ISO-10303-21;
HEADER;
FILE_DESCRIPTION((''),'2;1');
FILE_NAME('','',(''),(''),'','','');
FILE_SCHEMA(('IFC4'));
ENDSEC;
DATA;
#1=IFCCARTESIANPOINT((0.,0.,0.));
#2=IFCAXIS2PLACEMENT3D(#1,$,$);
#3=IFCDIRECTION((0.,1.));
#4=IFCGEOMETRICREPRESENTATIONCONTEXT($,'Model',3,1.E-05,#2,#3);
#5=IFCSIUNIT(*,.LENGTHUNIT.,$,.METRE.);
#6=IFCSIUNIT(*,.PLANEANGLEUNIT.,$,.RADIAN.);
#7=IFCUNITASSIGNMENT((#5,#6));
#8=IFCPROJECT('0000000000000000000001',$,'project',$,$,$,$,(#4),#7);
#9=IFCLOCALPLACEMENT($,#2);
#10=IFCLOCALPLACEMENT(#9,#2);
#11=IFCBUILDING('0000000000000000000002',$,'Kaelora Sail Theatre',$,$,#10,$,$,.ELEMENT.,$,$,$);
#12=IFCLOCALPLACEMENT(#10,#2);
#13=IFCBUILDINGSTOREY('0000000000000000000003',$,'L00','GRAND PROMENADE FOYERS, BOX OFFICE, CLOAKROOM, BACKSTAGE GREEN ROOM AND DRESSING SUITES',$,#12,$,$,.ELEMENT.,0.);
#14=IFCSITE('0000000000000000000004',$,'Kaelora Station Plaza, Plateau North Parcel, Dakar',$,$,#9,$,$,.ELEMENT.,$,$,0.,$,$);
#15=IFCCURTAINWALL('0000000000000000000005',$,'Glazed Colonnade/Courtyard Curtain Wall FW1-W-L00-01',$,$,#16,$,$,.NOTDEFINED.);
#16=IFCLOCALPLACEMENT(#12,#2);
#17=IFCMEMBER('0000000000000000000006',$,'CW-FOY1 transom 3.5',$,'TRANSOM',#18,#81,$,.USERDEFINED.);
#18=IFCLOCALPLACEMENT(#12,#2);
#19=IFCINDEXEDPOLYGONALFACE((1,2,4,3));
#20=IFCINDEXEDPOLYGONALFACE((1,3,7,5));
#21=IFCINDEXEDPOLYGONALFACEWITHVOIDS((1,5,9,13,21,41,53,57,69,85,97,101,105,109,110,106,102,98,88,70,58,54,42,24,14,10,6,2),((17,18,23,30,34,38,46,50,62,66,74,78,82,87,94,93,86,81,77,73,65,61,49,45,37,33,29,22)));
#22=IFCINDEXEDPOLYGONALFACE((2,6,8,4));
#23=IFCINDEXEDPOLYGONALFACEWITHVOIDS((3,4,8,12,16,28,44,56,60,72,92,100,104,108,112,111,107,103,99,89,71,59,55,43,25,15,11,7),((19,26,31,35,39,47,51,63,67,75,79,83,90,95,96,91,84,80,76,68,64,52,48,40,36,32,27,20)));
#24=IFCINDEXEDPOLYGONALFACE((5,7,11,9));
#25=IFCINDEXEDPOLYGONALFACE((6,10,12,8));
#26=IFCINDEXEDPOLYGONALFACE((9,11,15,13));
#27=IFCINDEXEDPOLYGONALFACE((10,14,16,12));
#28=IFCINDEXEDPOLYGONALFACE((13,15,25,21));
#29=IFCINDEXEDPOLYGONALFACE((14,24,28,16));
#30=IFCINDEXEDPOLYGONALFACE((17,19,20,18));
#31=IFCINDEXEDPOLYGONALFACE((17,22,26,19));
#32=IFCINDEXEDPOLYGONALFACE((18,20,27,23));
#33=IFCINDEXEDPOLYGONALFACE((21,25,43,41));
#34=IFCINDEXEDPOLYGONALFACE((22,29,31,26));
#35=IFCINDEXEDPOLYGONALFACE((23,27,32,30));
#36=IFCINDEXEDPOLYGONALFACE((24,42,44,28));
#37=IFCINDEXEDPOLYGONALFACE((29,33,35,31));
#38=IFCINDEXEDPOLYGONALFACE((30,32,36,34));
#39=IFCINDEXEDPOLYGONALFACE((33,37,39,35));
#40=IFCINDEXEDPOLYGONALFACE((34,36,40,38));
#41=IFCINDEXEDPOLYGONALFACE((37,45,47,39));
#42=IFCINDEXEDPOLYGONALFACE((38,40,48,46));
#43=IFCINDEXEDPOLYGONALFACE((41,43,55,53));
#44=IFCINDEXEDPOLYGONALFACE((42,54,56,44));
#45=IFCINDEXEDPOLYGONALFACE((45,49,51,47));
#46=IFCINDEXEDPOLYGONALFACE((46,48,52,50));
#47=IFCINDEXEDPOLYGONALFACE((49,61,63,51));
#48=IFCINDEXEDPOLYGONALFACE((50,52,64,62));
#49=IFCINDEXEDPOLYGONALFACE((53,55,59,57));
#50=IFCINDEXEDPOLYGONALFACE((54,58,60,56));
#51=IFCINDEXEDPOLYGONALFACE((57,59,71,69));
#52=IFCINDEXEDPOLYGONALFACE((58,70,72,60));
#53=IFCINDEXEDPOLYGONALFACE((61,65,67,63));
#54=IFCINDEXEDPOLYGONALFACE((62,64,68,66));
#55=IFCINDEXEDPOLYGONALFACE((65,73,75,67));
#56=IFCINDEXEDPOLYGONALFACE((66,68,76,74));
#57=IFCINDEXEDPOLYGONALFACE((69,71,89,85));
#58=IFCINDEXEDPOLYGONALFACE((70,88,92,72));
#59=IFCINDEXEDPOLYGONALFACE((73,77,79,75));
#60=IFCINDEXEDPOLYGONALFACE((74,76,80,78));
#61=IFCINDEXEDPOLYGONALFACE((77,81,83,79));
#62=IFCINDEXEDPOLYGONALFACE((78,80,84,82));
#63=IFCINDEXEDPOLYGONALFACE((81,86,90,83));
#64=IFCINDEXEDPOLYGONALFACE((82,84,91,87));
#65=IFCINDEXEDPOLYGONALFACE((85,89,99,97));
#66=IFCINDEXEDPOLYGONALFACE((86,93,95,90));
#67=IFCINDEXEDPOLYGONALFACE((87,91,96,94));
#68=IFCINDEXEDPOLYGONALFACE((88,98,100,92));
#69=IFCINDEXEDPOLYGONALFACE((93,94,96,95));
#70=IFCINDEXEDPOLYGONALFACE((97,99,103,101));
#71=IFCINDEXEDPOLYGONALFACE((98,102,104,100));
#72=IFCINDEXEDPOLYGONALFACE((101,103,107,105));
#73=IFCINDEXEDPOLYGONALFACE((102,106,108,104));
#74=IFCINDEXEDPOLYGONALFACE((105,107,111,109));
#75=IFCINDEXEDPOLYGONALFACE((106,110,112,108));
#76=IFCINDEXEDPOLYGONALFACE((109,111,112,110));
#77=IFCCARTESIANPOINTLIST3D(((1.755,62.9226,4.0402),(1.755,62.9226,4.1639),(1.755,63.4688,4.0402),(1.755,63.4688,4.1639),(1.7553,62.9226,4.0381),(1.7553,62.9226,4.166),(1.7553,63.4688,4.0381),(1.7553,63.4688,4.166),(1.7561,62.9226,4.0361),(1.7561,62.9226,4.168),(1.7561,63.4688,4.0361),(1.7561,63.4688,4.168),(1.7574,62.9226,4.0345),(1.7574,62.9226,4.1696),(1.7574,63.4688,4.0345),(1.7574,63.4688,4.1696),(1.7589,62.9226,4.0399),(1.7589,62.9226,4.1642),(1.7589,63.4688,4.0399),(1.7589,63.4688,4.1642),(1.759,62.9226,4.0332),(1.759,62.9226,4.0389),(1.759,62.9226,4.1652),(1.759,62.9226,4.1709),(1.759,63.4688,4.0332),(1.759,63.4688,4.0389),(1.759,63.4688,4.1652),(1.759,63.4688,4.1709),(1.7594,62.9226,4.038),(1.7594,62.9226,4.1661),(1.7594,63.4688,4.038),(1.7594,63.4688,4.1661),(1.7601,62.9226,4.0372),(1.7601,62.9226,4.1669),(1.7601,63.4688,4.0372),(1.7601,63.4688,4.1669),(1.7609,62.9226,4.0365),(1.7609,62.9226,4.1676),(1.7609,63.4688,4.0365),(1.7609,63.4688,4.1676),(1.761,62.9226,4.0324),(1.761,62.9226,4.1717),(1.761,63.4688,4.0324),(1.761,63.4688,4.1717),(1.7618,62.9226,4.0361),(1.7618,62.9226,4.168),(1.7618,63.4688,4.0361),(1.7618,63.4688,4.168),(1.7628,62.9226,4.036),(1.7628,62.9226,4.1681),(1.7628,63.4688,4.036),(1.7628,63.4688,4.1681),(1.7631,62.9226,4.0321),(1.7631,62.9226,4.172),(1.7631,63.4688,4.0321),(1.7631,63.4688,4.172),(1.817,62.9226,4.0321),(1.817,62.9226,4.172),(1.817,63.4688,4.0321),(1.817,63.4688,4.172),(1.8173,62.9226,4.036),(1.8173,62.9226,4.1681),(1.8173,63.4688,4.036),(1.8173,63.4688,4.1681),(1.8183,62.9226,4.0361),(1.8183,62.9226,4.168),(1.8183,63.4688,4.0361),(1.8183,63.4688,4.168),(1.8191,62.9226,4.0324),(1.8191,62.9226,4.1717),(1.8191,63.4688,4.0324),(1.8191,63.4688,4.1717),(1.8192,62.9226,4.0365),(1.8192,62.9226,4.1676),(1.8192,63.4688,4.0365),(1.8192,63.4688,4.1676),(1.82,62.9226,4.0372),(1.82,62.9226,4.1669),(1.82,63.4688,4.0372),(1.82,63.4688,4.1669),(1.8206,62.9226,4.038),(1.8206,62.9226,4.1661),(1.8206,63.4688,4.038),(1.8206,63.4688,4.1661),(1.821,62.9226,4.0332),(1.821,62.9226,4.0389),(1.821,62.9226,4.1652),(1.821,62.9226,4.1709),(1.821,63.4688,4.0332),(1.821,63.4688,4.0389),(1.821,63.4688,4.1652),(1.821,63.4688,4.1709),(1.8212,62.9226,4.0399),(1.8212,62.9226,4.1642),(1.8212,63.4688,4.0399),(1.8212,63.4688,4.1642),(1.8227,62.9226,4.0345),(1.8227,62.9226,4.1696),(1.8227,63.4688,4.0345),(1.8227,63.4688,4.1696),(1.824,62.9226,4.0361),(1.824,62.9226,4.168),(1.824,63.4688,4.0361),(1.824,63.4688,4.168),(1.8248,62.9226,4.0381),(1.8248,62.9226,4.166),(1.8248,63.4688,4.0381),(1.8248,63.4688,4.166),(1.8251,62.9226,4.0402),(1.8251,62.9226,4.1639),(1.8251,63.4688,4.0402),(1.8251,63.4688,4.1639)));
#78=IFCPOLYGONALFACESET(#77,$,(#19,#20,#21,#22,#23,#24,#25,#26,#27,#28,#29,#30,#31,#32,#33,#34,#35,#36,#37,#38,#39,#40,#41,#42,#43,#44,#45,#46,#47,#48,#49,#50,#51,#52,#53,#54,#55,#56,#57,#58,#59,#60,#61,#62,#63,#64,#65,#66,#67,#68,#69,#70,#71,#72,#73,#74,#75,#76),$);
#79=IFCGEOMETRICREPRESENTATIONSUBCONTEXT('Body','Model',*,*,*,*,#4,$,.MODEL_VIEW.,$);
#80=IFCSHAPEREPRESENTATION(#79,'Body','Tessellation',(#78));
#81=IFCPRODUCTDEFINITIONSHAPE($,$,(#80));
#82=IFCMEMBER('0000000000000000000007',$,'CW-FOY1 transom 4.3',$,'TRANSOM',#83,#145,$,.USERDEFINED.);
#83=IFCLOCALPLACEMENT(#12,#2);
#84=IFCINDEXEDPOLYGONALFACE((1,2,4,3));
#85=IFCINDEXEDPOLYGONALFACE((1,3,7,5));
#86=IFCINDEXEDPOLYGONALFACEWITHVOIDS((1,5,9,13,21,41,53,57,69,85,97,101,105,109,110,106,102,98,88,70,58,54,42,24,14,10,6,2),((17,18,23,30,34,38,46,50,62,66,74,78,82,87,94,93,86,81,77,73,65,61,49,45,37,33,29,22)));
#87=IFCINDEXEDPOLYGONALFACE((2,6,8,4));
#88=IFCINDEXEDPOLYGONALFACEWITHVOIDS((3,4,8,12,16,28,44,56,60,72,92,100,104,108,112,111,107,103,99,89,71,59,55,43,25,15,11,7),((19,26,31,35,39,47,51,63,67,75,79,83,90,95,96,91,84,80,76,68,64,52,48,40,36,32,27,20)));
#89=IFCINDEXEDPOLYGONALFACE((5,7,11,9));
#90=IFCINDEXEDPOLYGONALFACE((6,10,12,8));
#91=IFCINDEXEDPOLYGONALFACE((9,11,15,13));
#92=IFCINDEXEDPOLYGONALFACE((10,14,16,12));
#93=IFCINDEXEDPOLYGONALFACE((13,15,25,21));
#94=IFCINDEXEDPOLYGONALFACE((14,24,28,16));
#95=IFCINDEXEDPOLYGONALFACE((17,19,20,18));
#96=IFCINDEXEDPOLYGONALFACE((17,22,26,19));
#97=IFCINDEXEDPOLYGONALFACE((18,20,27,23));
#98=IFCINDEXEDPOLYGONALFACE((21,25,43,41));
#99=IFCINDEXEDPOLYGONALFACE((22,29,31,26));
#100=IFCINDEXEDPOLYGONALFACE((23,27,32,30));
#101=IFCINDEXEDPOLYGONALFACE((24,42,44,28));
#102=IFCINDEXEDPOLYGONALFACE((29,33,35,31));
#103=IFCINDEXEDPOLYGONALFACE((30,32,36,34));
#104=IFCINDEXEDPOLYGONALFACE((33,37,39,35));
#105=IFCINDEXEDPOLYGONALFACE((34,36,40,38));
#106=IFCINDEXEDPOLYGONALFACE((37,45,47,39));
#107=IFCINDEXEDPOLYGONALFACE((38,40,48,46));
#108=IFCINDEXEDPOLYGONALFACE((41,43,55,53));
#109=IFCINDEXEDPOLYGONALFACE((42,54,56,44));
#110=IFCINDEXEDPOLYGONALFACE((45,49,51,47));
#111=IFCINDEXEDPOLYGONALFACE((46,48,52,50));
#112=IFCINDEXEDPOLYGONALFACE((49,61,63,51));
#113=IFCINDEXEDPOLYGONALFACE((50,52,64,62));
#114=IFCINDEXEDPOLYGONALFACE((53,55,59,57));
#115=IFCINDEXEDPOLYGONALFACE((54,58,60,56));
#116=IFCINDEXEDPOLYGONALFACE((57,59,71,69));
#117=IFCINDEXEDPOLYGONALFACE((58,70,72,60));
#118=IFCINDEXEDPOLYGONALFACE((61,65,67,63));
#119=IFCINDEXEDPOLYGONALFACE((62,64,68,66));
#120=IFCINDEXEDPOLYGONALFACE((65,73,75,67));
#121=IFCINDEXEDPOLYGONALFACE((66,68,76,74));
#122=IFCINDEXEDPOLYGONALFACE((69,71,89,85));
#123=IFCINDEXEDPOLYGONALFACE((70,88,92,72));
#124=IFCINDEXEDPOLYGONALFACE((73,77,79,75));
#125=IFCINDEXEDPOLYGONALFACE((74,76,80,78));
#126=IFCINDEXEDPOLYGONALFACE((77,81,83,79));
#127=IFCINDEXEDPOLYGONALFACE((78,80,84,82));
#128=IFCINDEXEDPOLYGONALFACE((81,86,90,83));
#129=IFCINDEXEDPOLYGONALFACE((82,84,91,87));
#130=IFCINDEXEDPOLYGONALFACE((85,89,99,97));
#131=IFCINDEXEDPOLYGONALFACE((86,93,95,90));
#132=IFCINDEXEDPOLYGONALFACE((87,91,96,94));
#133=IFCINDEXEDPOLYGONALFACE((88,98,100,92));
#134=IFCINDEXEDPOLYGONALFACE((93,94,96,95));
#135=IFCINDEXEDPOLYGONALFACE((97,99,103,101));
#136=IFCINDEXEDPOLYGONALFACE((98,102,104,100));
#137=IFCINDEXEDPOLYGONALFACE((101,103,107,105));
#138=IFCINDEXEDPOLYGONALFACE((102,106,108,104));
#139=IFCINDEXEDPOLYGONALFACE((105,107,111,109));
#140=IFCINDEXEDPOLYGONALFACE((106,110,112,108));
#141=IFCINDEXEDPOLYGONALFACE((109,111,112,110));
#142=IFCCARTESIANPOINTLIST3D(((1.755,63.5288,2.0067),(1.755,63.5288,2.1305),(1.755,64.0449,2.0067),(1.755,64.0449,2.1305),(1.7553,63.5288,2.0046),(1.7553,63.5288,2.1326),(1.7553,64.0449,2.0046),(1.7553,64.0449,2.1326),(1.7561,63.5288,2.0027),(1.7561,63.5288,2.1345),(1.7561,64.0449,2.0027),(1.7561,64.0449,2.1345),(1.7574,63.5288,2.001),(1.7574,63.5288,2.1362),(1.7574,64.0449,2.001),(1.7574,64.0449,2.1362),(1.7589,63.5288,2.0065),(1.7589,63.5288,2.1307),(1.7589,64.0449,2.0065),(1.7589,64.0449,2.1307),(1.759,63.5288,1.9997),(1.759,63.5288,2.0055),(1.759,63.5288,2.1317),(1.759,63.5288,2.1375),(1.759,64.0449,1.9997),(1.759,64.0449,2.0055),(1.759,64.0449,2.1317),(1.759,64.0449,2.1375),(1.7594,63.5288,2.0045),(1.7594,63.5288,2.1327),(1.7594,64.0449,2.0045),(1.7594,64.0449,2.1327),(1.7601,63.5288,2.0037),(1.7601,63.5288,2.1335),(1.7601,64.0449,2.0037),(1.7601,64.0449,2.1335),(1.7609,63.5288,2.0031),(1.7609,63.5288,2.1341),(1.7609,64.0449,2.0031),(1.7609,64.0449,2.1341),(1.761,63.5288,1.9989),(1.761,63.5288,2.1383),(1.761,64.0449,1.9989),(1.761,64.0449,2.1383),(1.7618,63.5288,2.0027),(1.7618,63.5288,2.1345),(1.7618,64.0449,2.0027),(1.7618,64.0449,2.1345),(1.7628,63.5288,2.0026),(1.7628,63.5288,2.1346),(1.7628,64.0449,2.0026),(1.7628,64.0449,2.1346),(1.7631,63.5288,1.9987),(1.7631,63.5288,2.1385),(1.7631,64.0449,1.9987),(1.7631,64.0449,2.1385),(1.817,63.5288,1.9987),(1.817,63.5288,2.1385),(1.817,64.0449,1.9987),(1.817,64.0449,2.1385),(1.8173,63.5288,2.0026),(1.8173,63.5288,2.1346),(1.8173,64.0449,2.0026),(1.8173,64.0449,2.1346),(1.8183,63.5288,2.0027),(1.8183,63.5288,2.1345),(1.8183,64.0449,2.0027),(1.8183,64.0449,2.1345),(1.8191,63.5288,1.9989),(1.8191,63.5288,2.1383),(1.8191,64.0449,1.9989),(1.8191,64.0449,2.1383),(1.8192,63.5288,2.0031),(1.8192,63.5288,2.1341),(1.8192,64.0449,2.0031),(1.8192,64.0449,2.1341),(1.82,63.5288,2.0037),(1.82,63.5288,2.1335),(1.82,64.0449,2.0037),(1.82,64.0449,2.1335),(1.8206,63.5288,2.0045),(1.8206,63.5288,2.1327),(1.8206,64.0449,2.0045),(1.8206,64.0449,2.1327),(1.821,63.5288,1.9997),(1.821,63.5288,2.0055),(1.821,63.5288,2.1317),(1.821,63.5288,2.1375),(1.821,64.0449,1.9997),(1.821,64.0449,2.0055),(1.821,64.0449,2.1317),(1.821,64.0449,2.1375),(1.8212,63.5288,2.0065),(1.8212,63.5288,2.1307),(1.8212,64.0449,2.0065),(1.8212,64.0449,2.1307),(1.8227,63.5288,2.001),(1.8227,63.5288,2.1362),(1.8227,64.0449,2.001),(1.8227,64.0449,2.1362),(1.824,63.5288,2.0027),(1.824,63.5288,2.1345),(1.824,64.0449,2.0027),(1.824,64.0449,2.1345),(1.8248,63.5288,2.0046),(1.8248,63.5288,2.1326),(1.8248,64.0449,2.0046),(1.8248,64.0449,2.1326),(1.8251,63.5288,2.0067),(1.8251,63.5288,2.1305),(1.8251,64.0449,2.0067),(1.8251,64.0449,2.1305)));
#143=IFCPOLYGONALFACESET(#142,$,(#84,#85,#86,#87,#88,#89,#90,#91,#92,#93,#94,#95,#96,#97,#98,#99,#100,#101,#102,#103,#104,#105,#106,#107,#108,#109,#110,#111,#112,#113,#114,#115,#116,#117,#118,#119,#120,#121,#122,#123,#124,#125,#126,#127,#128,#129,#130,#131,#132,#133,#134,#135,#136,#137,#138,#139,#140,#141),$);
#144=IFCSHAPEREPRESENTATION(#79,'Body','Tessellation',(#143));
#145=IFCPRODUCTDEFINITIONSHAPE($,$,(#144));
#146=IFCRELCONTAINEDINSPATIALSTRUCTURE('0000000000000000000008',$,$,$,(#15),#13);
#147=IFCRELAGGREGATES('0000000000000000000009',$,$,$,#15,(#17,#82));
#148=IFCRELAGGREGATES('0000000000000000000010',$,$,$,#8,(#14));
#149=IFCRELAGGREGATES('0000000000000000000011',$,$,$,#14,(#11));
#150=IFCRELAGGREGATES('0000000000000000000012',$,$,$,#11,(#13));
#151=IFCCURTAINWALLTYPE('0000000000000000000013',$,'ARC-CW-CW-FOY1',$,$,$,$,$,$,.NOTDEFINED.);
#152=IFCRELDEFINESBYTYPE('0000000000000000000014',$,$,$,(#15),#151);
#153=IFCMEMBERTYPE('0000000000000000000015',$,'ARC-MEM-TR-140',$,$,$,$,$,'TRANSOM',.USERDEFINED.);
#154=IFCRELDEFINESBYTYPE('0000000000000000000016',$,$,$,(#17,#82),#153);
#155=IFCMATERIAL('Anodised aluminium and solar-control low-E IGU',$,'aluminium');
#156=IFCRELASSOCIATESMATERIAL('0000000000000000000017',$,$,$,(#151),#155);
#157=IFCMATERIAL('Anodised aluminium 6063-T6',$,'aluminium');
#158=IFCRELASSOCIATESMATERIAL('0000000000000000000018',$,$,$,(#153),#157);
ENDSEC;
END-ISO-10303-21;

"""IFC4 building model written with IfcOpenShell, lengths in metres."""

from ifc_helpers import new_model, si_unit, direction, frame, origin, origin_2d, place, context, subcontext, project, spatial, hollow_rectangle, extrude, material, material_profile, profile_set, type_object, element, aggregate, save


model = new_model("IFC4")

# Units and contexts
model_context = context("Model", 3, precision=1e-05, world=origin(), true_north=direction((0.0, 1.0)))
body_context = subcontext(model_context, "Body", "Model", "MODEL_VIEW")
ifc_project = project(units=[si_unit("LENGTHUNIT", "METRE"), si_unit("PLANEANGLEUNIT", "RADIAN")], contexts=[model_context])

# Site, building, storey
site_placement = place(None, origin())
site = spatial("IfcSite", under=ifc_project, at=site_placement, Name="Kaelora Station Plaza, Plateau North Parcel, Dakar", CompositionType="ELEMENT", RefElevation=0.0)
building_placement = place(site_placement, origin())
building = spatial("IfcBuilding", under=site, at=building_placement, Name="Kaelora Sail Theatre", CompositionType="ELEMENT")
storey_placement = place(building_placement, origin())
storey = spatial("IfcBuildingStorey", under=building, at=storey_placement, Name="L00", Description="GRAND PROMENADE FOYERS, BOX OFFICE, CLOAKROOM, BACKSTAGE GREEN ROOM AND DRESSING SUITES", CompositionType="ELEMENT", Elevation=0.0)

# Curtain wall, members
ifc_material_1 = material(Name="Anodised aluminium and solar-control low-E IGU", Category="aluminium")
curtain_wall_type = type_object("IfcCurtainWallType", Name="ARC-CW-CW-FOY1", PredefinedType="NOTDEFINED", material=ifc_material_1)
curtain_wall_1_placement = place(storey_placement, origin())
curtain_wall_1 = element("IfcCurtainWall", 1, at=curtain_wall_1_placement, inside=storey, type_object=curtain_wall_type, Name="Glazed Colonnade/Courtyard Curtain Wall FW1-W-L00-01", PredefinedType="NOTDEFINED")
ifc_material_2 = material(Name="Anodised aluminium 6063-T6", Category="aluminium")
ifc_material_profile = material_profile(ifc_material_2, hollow_rectangle(XDim=0.0701, YDim=0.1399, WallThickness=0.0039, InnerFilletRadius=0.0039, OuterFilletRadius=0.0081, at=origin_2d()), Name="ALU-TRAN 70x140x4")
ifc_profile_set = profile_set([ifc_material_profile], Name="Anodised aluminium 6063-T6")
member_type = type_object("IfcMemberType", Name="ARC-MEM-TR-140", ElementType="TRANSOM", PredefinedType="USERDEFINED", material=ifc_profile_set)
member_1_placement = place(storey_placement, frame((1.79, 62.9226, 4.1021), z_axis=(0.0, 1.0, 0.0), x_axis=(-1.0, 0.0, 0.0)))
member_1 = element("IfcMember", 2, at=member_1_placement, type_object=member_type, Name="CW-FOY1 transom 3.5", ObjectType="TRANSOM", PredefinedType="USERDEFINED", context=body_context, shape_type="SweptSolid", body=[
    extrude(hollow_rectangle(XDim=0.0701, YDim=0.1399, WallThickness=0.0039, InnerFilletRadius=0.0039, OuterFilletRadius=0.0081, at=origin_2d()), origin(), (0.0, 0.0, 1.0), 0.5461),
])
member_2_placement = place(storey_placement, frame((1.79, 63.5288, 2.0686), z_axis=(0.0, 1.0, 0.0), x_axis=(-1.0, 0.0, 0.0)))
member_2 = element("IfcMember", 3, at=member_2_placement, type_object=member_type, Name="CW-FOY1 transom 4.3", ObjectType="TRANSOM", PredefinedType="USERDEFINED", context=body_context, shape_type="SweptSolid", body=[
    extrude(hollow_rectangle(XDim=0.0701, YDim=0.1399, WallThickness=0.0039, InnerFilletRadius=0.0039, OuterFilletRadius=0.0081, at=origin_2d()), origin(), (0.0, 0.0, 1.0), 0.5161),
])

aggregate(curtain_wall_1, [member_1, member_2])

save(model, "model.ifc")
